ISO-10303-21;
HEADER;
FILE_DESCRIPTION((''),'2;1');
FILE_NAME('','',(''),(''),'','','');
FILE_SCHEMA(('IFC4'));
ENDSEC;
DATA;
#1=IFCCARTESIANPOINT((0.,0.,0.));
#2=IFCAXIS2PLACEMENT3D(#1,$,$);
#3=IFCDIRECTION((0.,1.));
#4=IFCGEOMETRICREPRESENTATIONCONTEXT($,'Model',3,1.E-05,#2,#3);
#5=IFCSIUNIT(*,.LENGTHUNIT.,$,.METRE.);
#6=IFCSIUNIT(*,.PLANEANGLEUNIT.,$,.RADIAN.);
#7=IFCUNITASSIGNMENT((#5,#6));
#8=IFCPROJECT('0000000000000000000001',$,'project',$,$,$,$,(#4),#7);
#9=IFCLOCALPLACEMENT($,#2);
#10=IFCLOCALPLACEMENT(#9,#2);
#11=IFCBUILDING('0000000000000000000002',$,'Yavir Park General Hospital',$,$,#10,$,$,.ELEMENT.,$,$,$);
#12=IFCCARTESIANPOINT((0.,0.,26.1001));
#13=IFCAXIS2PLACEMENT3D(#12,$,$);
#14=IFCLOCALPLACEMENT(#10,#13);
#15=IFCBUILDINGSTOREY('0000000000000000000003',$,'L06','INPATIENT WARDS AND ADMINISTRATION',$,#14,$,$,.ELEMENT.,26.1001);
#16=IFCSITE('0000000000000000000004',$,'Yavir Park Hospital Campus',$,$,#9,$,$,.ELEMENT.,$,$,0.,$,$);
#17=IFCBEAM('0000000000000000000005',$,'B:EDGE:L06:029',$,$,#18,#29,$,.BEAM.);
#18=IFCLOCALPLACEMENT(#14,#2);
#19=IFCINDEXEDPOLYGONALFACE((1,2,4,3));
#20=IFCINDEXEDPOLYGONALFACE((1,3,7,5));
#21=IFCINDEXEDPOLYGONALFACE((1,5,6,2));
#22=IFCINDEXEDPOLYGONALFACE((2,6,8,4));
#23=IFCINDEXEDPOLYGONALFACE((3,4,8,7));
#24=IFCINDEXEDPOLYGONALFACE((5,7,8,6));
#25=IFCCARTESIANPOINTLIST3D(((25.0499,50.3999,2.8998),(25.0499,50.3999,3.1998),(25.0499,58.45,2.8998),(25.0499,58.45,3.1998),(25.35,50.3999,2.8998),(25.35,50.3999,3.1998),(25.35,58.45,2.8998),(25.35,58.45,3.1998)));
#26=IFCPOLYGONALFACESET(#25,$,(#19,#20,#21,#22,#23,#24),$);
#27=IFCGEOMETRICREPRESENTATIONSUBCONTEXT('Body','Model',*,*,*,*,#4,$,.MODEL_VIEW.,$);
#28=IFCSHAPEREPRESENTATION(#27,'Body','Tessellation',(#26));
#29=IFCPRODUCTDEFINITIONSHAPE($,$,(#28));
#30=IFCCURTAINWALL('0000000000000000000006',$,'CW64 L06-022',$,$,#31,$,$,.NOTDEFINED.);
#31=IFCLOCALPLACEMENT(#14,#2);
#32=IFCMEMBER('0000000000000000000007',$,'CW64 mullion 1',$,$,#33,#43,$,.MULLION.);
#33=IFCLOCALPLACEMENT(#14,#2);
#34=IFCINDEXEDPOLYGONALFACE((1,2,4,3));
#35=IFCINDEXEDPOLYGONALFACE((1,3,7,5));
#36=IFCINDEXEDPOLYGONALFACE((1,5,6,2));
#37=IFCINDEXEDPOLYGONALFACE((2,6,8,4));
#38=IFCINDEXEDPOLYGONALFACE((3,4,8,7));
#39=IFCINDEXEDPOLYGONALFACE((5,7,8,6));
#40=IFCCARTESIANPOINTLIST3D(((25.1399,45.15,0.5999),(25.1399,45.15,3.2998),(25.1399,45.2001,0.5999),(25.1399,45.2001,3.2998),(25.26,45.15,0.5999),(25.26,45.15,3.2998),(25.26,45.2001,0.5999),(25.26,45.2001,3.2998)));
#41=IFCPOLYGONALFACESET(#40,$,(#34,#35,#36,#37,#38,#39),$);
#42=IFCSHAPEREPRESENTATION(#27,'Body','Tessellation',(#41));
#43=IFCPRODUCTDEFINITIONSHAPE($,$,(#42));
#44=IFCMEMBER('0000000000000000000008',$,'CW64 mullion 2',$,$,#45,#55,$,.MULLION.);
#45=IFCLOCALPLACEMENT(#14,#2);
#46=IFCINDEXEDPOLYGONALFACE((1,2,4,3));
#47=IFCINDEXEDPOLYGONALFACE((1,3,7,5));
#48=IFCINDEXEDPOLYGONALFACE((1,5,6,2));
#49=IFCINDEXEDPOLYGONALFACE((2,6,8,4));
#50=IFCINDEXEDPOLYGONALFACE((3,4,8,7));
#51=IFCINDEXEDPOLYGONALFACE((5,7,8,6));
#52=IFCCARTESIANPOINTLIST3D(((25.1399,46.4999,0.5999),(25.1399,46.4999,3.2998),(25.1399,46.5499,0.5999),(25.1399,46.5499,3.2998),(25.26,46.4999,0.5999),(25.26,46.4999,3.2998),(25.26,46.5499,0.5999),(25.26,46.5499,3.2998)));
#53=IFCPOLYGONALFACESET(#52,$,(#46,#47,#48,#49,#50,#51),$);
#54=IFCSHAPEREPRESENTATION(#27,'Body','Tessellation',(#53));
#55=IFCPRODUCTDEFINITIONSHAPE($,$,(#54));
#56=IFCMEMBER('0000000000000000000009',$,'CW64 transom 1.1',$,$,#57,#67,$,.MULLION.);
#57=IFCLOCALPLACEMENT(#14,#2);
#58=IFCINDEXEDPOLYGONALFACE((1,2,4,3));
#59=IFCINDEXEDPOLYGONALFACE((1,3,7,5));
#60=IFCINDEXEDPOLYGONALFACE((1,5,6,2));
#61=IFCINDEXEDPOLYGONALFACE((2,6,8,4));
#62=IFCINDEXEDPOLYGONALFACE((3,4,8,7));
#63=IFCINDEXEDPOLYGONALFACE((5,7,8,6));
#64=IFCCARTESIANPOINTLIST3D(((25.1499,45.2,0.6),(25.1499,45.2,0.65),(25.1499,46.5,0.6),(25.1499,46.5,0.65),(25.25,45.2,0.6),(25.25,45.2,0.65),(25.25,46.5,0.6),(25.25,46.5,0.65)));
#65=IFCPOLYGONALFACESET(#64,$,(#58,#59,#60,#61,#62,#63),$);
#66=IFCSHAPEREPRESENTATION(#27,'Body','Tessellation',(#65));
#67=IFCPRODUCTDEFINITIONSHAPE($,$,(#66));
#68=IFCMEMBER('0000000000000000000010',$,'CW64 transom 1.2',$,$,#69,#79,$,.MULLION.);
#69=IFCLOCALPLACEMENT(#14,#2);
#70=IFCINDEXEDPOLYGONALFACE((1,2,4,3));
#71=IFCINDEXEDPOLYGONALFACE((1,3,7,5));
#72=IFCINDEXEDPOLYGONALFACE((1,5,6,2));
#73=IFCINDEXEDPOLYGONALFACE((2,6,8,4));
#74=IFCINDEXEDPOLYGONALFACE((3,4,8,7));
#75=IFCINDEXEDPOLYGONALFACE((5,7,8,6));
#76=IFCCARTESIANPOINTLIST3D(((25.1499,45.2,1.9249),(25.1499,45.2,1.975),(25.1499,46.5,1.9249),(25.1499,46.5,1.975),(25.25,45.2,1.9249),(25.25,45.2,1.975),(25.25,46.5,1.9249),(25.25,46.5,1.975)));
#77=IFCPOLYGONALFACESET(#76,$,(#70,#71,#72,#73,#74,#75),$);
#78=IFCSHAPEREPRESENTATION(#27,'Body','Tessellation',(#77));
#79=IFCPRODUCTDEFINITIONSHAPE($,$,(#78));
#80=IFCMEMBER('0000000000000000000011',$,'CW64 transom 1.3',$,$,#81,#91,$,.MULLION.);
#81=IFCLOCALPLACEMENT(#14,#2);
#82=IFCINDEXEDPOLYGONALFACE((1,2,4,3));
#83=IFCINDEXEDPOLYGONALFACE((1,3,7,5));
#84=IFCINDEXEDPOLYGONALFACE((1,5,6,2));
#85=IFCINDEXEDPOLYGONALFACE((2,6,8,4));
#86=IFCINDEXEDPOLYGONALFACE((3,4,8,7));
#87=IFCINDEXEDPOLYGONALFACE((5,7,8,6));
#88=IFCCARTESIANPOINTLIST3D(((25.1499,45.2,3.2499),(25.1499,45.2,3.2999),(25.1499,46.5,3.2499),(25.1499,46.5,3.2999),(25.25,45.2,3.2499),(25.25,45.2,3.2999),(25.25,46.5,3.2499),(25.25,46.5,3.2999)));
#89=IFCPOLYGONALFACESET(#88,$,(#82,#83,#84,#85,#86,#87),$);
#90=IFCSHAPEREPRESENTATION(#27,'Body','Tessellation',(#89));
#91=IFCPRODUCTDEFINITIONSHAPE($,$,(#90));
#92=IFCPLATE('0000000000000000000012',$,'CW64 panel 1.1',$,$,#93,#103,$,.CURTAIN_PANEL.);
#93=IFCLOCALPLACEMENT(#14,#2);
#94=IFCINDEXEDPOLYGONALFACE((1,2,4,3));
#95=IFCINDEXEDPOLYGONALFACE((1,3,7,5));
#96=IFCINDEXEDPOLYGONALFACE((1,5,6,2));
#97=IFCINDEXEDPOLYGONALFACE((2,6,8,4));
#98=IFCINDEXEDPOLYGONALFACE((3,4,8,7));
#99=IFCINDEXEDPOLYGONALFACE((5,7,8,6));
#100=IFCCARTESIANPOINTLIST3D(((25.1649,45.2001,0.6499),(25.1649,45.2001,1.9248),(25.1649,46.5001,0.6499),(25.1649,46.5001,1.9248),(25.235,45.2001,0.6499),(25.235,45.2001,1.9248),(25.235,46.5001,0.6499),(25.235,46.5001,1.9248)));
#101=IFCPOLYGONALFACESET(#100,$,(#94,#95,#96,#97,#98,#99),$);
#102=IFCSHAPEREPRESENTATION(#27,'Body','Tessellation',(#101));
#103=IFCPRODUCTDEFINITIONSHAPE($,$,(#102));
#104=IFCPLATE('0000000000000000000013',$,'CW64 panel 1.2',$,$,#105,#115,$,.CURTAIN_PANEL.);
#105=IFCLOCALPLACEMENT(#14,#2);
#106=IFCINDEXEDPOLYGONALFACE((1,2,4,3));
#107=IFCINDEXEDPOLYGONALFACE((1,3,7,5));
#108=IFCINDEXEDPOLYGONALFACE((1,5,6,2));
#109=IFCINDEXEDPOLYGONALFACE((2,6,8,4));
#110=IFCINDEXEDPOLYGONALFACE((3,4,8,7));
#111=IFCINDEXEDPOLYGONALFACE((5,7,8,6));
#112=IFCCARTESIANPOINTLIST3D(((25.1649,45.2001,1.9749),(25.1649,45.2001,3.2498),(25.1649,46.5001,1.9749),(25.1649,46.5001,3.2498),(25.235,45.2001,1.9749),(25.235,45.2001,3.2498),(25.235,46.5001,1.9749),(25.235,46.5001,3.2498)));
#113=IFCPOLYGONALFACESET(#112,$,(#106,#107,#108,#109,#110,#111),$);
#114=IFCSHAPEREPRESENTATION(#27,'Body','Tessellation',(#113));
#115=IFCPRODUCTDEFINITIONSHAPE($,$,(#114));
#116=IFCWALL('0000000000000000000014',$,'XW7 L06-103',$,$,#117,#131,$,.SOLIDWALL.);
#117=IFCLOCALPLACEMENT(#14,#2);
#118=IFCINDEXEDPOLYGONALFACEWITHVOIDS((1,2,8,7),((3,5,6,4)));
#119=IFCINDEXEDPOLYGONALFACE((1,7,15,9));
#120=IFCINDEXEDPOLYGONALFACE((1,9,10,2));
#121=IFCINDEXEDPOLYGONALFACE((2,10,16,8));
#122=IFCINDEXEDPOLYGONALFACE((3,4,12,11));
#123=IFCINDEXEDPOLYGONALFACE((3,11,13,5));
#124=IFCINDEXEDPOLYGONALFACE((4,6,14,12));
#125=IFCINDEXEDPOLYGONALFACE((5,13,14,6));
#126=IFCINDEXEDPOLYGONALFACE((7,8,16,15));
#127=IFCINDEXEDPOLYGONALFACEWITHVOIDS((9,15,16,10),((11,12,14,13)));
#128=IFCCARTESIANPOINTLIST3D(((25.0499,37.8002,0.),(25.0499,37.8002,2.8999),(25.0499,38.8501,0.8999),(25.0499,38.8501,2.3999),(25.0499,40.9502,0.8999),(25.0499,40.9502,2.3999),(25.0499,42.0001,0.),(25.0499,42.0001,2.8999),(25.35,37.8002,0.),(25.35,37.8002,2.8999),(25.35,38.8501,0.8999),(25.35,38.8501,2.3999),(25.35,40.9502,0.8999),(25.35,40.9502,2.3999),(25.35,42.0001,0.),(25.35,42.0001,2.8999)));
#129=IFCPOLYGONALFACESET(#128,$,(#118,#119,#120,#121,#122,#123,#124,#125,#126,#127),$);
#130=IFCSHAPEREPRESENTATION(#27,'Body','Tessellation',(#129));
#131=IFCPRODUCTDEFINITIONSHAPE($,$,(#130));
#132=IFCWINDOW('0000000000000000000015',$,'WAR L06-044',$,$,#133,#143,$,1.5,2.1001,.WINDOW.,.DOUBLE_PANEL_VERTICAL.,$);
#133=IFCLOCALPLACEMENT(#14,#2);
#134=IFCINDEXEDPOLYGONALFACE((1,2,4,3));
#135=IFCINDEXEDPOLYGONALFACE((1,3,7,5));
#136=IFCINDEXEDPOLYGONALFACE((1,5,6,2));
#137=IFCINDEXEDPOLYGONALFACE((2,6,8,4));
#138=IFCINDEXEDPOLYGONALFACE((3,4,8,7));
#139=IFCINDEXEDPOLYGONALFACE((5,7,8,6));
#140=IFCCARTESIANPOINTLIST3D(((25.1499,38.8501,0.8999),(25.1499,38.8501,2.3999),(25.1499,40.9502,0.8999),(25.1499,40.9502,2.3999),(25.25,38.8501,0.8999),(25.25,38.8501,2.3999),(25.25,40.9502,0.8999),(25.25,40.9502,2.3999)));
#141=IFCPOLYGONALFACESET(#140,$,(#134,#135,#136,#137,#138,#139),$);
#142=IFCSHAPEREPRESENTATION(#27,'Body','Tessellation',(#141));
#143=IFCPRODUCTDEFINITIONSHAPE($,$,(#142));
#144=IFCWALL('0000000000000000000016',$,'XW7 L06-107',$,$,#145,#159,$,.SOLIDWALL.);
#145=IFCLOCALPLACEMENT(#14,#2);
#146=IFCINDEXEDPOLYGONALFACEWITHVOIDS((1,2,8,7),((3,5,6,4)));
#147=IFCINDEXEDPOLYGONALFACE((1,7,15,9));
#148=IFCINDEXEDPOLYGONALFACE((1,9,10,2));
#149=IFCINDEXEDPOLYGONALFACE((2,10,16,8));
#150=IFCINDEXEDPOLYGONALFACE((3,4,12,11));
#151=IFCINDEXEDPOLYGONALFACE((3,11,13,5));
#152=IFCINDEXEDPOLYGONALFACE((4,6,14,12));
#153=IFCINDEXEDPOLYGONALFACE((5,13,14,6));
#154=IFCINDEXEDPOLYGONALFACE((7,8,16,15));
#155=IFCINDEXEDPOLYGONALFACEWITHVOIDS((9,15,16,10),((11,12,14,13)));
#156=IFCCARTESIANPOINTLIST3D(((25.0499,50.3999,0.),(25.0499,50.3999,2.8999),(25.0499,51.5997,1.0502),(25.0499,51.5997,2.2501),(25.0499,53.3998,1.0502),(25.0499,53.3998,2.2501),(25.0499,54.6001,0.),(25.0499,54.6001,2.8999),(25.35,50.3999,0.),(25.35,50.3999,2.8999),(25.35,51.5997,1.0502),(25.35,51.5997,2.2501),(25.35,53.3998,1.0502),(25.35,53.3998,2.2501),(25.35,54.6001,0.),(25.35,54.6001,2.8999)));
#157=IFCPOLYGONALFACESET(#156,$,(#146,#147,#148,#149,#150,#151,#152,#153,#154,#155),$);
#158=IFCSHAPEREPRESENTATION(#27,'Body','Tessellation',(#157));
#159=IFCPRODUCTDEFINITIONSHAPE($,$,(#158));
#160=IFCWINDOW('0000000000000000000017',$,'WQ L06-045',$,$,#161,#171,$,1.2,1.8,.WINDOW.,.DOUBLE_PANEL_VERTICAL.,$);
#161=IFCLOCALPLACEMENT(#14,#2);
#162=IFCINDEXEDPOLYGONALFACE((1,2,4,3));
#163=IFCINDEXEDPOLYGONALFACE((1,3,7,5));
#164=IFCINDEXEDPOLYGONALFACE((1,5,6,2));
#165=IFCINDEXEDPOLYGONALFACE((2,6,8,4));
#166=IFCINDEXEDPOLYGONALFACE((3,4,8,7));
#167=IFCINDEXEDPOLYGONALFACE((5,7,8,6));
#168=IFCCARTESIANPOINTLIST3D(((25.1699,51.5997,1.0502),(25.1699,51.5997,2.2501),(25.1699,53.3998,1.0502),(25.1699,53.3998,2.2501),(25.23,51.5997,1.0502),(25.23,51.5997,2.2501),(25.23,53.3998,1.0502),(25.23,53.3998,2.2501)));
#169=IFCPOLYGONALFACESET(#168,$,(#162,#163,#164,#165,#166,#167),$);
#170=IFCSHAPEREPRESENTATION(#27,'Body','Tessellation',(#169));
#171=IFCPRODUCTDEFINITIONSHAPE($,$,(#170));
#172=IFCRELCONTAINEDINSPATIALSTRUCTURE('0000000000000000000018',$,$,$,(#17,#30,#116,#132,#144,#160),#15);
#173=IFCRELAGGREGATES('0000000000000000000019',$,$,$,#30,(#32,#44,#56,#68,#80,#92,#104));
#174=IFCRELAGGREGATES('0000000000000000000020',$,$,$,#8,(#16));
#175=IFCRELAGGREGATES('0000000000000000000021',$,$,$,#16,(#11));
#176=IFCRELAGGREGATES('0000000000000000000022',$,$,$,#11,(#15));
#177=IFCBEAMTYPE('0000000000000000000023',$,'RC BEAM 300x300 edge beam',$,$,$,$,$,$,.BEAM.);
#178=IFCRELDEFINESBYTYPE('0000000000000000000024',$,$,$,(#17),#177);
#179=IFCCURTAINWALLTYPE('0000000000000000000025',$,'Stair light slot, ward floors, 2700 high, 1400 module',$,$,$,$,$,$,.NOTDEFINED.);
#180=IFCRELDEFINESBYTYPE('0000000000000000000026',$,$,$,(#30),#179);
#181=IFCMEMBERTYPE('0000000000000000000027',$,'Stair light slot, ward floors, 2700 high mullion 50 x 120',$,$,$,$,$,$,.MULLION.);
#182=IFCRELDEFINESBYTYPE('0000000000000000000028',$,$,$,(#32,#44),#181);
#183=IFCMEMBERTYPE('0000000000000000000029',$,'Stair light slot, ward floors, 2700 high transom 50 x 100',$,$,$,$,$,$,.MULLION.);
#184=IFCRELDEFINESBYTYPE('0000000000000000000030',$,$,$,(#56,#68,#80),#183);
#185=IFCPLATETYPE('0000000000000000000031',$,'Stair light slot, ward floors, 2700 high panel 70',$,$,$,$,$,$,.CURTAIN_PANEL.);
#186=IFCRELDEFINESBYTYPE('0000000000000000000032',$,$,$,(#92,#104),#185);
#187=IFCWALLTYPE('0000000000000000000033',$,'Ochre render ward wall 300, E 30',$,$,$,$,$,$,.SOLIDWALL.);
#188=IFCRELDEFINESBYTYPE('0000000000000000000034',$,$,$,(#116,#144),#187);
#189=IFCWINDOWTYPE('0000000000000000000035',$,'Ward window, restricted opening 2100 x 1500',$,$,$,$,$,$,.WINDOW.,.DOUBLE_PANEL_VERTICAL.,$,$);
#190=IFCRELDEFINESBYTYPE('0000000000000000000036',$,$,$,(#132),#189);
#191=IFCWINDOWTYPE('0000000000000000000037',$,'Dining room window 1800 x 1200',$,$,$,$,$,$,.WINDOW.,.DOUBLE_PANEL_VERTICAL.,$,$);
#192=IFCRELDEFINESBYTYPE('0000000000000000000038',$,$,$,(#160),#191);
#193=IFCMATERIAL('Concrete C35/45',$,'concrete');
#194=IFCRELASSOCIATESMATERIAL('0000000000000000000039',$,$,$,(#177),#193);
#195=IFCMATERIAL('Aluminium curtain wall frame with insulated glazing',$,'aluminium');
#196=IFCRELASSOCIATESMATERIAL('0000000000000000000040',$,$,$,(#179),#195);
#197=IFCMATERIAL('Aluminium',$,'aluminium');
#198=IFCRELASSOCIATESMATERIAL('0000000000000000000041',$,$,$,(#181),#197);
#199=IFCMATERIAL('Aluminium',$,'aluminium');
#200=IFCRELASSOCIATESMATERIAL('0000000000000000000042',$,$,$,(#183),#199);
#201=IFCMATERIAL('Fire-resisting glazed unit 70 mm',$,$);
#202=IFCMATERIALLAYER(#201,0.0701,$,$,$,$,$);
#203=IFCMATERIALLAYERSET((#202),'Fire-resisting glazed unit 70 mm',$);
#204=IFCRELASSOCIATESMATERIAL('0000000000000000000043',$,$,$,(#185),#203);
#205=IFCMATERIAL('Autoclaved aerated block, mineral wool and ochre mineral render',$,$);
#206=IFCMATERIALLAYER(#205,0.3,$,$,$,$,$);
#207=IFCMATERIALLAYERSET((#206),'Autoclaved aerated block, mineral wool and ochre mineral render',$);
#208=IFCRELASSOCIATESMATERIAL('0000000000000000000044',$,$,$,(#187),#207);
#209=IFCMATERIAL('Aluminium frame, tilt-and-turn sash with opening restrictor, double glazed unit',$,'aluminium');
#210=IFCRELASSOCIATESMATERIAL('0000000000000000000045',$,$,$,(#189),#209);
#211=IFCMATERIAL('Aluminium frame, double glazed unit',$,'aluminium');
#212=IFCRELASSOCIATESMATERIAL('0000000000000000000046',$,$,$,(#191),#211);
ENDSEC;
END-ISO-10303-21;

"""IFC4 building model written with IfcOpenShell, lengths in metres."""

from ifc_helpers import new_model, si_unit, direction, frame, frame_2d, origin, origin_2d, place, context, subcontext, project, spatial, rectangle, extrude, material, layer, layer_set, material_profile, profile_set, type_object, element, fill, aggregate, save


model = new_model("IFC4")

# Units and contexts
model_context = context("Model", 3, precision=1e-05, world=origin(), true_north=direction((0.0, 1.0)))
body_context = subcontext(model_context, "Body", "Model", "MODEL_VIEW")
ifc_project = project(units=[si_unit("LENGTHUNIT", "METRE"), si_unit("PLANEANGLEUNIT", "RADIAN")], contexts=[model_context])

# Site, building, storey
site_placement = place(None, origin())
site = spatial("IfcSite", under=ifc_project, at=site_placement, Name="Yavir Park Hospital Campus", CompositionType="ELEMENT", RefElevation=0.0)
building_placement = place(site_placement, origin())
building = spatial("IfcBuilding", under=site, at=building_placement, Name="Yavir Park General Hospital", CompositionType="ELEMENT")
storey_placement = place(building_placement, frame((0.0, 0.0, 26.1001)))
storey = spatial("IfcBuildingStorey", under=building, at=storey_placement, Name="L06", Description="INPATIENT WARDS AND ADMINISTRATION", CompositionType="ELEMENT", Elevation=26.1001)

# Beam
ifc_material_1 = material(Name="Concrete C35/45", Category="concrete")
ifc_material_profile_1 = material_profile(ifc_material_1, rectangle(XDim=0.3, YDim=0.3, at=origin_2d()), Name="RC300x300")
ifc_profile_set_1 = profile_set([ifc_material_profile_1], Name="Concrete C35/45")
beam_type = type_object("IfcBeamType", Name="RC BEAM 300x300 edge beam", PredefinedType="BEAM", material=ifc_profile_set_1)
beam_placement = place(storey_placement, frame((25.2, 50.3999, 3.0498), z_axis=(0.0, 1.0, 0.0), x_axis=(-1.0, 0.0, 0.0)))
element("IfcBeam", 1, at=beam_placement, inside=storey, type_object=beam_type, Name="B:EDGE:L06:029", PredefinedType="BEAM", context=body_context, shape_type="SweptSolid", body=[
    extrude(rectangle(XDim=0.3, YDim=0.3, at=origin_2d()), origin(), (0.0, 0.0, 1.0), 8.05),
])

# Curtain wall, members, plates
ifc_material_2 = material(Name="Aluminium curtain wall frame with insulated glazing", Category="aluminium")
curtain_wall_type = type_object("IfcCurtainWallType", Name="Stair light slot, ward floors, 2700 high, 1400 module", PredefinedType="NOTDEFINED", material=ifc_material_2)
curtain_wall_placement = place(storey_placement, origin())
curtain_wall = element("IfcCurtainWall", 2, at=curtain_wall_placement, inside=storey, type_object=curtain_wall_type, Name="CW64 L06-022", PredefinedType="NOTDEFINED")
ifc_material_3 = material(Name="Aluminium", Category="aluminium")
ifc_material_profile_2 = material_profile(ifc_material_3, rectangle(XDim=0.1201, YDim=0.05, at=origin_2d()), Name="AL 50x120")
ifc_profile_set_2 = profile_set([ifc_material_profile_2], Name="Aluminium")
member_type_1 = type_object("IfcMemberType", Name="Stair light slot, ward floors, 2700 high mullion 50 x 120", PredefinedType="MULLION", material=ifc_profile_set_2)
member_1_placement = place(storey_placement, frame((25.2, 45.175, 0.5999), z_axis=(0.0, 0.0, 1.0), x_axis=(-1.0, 0.0, 0.0)))
member_1 = element("IfcMember", 3, at=member_1_placement, type_object=member_type_1, Name="CW64 mullion 1", PredefinedType="MULLION", context=body_context, shape_type="SweptSolid", body=[
    extrude(rectangle(XDim=0.1201, YDim=0.05, at=origin_2d()), origin(), (0.0, 0.0, 1.0), 2.7),
])
member_2_placement = place(storey_placement, frame((25.2, 46.5249, 0.5999), z_axis=(0.0, 0.0, 1.0), x_axis=(-1.0, 0.0, 0.0)))
member_2 = element("IfcMember", 4, at=member_2_placement, type_object=member_type_1, Name="CW64 mullion 2", PredefinedType="MULLION", context=body_context, shape_type="SweptSolid", body=[
    extrude(rectangle(XDim=0.1201, YDim=0.05, at=origin_2d()), origin(), (0.0, 0.0, 1.0), 2.7),
])
ifc_material_4 = material(Name="Aluminium", Category="aluminium")
ifc_material_profile_3 = material_profile(ifc_material_4, rectangle(XDim=0.1001, YDim=0.05, at=origin_2d()), Name="AL 100x50")
ifc_profile_set_3 = profile_set([ifc_material_profile_3], Name="Aluminium")
member_type_2 = type_object("IfcMemberType", Name="Stair light slot, ward floors, 2700 high transom 50 x 100", PredefinedType="MULLION", material=ifc_profile_set_3)
member_3_placement = place(storey_placement, frame((25.2, 45.2, 0.625), z_axis=(0.0, 1.0, 0.0), x_axis=(-1.0, 0.0, 0.0)))
member_3 = element("IfcMember", 5, at=member_3_placement, type_object=member_type_2, Name="CW64 transom 1.1", PredefinedType="MULLION", context=body_context, shape_type="SweptSolid", body=[
    extrude(rectangle(XDim=0.1001, YDim=0.05, at=origin_2d()), origin(), (0.0, 0.0, 1.0), 1.3),
])
member_4_placement = place(storey_placement, frame((25.2, 45.2, 1.95), z_axis=(0.0, 1.0, 0.0), x_axis=(-1.0, 0.0, 0.0)))
member_4 = element("IfcMember", 6, at=member_4_placement, type_object=member_type_2, Name="CW64 transom 1.2", PredefinedType="MULLION", context=body_context, shape_type="SweptSolid", body=[
    extrude(rectangle(XDim=0.1001, YDim=0.05, at=origin_2d()), origin(), (0.0, 0.0, 1.0), 1.3),
])
member_5_placement = place(storey_placement, frame((25.2, 45.2, 3.2749), z_axis=(0.0, 1.0, 0.0), x_axis=(-1.0, 0.0, 0.0)))
member_5 = element("IfcMember", 7, at=member_5_placement, type_object=member_type_2, Name="CW64 transom 1.3", PredefinedType="MULLION", context=body_context, shape_type="SweptSolid", body=[
    extrude(rectangle(XDim=0.1001, YDim=0.05, at=origin_2d()), origin(), (0.0, 0.0, 1.0), 1.3),
])
ifc_material_5 = material(Name="Fire-resisting glazed unit 70 mm")
ifc_layer_1 = layer(ifc_material_5, 0.0701)
ifc_layer_set_1 = layer_set([ifc_layer_1], Name="Fire-resisting glazed unit 70 mm")
plate_type = type_object("IfcPlateType", Name="Stair light slot, ward floors, 2700 high panel 70", PredefinedType="CURTAIN_PANEL", material=ifc_layer_set_1)
plate_1_placement = place(storey_placement, frame((25.2, 45.8501, 0.6499), z_axis=(0.0, 0.0, 1.0), x_axis=(0.0, 1.0, 0.0)))
plate_1 = element("IfcPlate", 8, at=plate_1_placement, type_object=plate_type, Name="CW64 panel 1.1", PredefinedType="CURTAIN_PANEL", context=body_context, shape_type="SweptSolid", body=[
    extrude(rectangle(XDim=1.3, YDim=0.0701, at=origin_2d()), origin(), (0.0, 0.0, 1.0), 1.2749),
])
plate_2_placement = place(storey_placement, frame((25.2, 45.8501, 1.9749), z_axis=(0.0, 0.0, 1.0), x_axis=(0.0, 1.0, 0.0)))
plate_2 = element("IfcPlate", 9, at=plate_2_placement, type_object=plate_type, Name="CW64 panel 1.2", PredefinedType="CURTAIN_PANEL", context=body_context, shape_type="SweptSolid", body=[
    extrude(rectangle(XDim=1.3, YDim=0.0701, at=origin_2d()), origin(), (0.0, 0.0, 1.0), 1.2749),
])
aggregate(curtain_wall, [member_1, member_2, member_3, member_4, member_5, plate_1, plate_2])

# Walls, openings, windows
ifc_material_6 = material(Name="Autoclaved aerated block, mineral wool and ochre mineral render")
ifc_layer_2 = layer(ifc_material_6, 0.3)
ifc_layer_set_2 = layer_set([ifc_layer_2], Name="Autoclaved aerated block, mineral wool and ochre mineral render")
wall_type_1 = type_object("IfcWallType", Name="Ochre render ward wall 300, E 30", PredefinedType="SOLIDWALL", material=ifc_layer_set_2)
wall_1_placement = place(storey_placement, frame((25.2, 37.8, 0.0), z_axis=(0.0, 0.0, 1.0), x_axis=(0.0, 1.0, 0.0)))
wall_1 = element("IfcWall", 10, at=wall_1_placement, inside=storey, type_object=wall_type_1, Name="XW7 L06-103", PredefinedType="SOLIDWALL", context=body_context, shape_type="SweptSolid", body=[
    extrude(rectangle(XDim=4.2, YDim=0.3, at=frame_2d((2.1001, 0.0))), origin(), (0.0, 0.0, 1.0), 2.8999),
])
opening_1_placement = place(wall_1_placement, frame((1.05, 0.0, 0.8999)))
opening_1 = element("IfcOpeningElement", 11, at=opening_1_placement, cuts=wall_1, PredefinedType="OPENING", context=body_context, shape_type="SweptSolid", body=[
    extrude(rectangle(XDim=2.1001, YDim=1.5, at=frame_2d((1.05, 0.75))), frame((0.0, 0.1599, 0.0), z_axis=(0.0, -1.0, 0.0), x_axis=(1.0, 0.0, 0.0)), (0.0, 0.0, 1.0), 0.3201),
])
ifc_material_7 = material(Name="Aluminium frame, tilt-and-turn sash with opening restrictor, double glazed unit", Category="aluminium")
window_type_1 = type_object("IfcWindowType", Name="Ward window, restricted opening 2100 x 1500", PartitioningType="DOUBLE_PANEL_VERTICAL", PredefinedType="WINDOW", material=ifc_material_7)
window_1_placement = place(opening_1_placement, origin())
window_1 = element("IfcWindow", 12, at=window_1_placement, inside=storey, type_object=window_type_1, Name="WAR L06-044", OverallHeight=1.5, OverallWidth=2.1001, PartitioningType="DOUBLE_PANEL_VERTICAL", PredefinedType="WINDOW", context=body_context, shape_type="SweptSolid", body=[
    extrude(rectangle(XDim=2.1001, YDim=1.5, at=frame_2d((1.05, 0.75))), frame((0.0, 0.05, 0.0), z_axis=(0.0, -1.0, 0.0), x_axis=(1.0, 0.0, 0.0)), (0.0, 0.0, 1.0), 0.1001),
])
fill(opening_1, window_1)
wall_2_placement = place(storey_placement, frame((25.2, 50.3999, 0.0), z_axis=(0.0, 0.0, 1.0), x_axis=(0.0, 1.0, 0.0)))
wall_2 = element("IfcWall", 13, at=wall_2_placement, inside=storey, type_object=wall_type_1, Name="XW7 L06-107", PredefinedType="SOLIDWALL", context=body_context, shape_type="SweptSolid", body=[
    extrude(rectangle(XDim=4.2002, YDim=0.3, at=frame_2d((2.1001, 0.0))), origin(), (0.0, 0.0, 1.0), 2.8999),
])
opening_2_placement = place(wall_2_placement, frame((1.2, 0.0, 1.05)))
opening_2 = element("IfcOpeningElement", 14, at=opening_2_placement, cuts=wall_2, PredefinedType="OPENING", context=body_context, shape_type="SweptSolid", body=[
    extrude(rectangle(XDim=1.8, YDim=1.2, at=frame_2d((0.8999, 0.6001))), frame((0.0, 0.1599, 0.0), z_axis=(0.0, -1.0, 0.0), x_axis=(1.0, 0.0, 0.0)), (0.0, 0.0, 1.0), 0.3201),
])
ifc_material_8 = material(Name="Aluminium frame, double glazed unit", Category="aluminium")
window_type_2 = type_object("IfcWindowType", Name="Dining room window 1800 x 1200", PartitioningType="DOUBLE_PANEL_VERTICAL", PredefinedType="WINDOW", material=ifc_material_8)
window_2_placement = place(opening_2_placement, origin())
window_2 = element("IfcWindow", 15, at=window_2_placement, inside=storey, type_object=window_type_2, Name="WQ L06-045", OverallHeight=1.2, OverallWidth=1.8, PartitioningType="DOUBLE_PANEL_VERTICAL", PredefinedType="WINDOW", context=body_context, shape_type="SweptSolid", body=[
    extrude(rectangle(XDim=1.8, YDim=1.2, at=frame_2d((0.8999, 0.6001))), frame((0.0, 0.03, 0.0), z_axis=(0.0, -1.0, 0.0), x_axis=(1.0, 0.0, 0.0)), (0.0, 0.0, 1.0), 0.0601),
])
fill(opening_2, window_2)

save(model, "model.ifc")
